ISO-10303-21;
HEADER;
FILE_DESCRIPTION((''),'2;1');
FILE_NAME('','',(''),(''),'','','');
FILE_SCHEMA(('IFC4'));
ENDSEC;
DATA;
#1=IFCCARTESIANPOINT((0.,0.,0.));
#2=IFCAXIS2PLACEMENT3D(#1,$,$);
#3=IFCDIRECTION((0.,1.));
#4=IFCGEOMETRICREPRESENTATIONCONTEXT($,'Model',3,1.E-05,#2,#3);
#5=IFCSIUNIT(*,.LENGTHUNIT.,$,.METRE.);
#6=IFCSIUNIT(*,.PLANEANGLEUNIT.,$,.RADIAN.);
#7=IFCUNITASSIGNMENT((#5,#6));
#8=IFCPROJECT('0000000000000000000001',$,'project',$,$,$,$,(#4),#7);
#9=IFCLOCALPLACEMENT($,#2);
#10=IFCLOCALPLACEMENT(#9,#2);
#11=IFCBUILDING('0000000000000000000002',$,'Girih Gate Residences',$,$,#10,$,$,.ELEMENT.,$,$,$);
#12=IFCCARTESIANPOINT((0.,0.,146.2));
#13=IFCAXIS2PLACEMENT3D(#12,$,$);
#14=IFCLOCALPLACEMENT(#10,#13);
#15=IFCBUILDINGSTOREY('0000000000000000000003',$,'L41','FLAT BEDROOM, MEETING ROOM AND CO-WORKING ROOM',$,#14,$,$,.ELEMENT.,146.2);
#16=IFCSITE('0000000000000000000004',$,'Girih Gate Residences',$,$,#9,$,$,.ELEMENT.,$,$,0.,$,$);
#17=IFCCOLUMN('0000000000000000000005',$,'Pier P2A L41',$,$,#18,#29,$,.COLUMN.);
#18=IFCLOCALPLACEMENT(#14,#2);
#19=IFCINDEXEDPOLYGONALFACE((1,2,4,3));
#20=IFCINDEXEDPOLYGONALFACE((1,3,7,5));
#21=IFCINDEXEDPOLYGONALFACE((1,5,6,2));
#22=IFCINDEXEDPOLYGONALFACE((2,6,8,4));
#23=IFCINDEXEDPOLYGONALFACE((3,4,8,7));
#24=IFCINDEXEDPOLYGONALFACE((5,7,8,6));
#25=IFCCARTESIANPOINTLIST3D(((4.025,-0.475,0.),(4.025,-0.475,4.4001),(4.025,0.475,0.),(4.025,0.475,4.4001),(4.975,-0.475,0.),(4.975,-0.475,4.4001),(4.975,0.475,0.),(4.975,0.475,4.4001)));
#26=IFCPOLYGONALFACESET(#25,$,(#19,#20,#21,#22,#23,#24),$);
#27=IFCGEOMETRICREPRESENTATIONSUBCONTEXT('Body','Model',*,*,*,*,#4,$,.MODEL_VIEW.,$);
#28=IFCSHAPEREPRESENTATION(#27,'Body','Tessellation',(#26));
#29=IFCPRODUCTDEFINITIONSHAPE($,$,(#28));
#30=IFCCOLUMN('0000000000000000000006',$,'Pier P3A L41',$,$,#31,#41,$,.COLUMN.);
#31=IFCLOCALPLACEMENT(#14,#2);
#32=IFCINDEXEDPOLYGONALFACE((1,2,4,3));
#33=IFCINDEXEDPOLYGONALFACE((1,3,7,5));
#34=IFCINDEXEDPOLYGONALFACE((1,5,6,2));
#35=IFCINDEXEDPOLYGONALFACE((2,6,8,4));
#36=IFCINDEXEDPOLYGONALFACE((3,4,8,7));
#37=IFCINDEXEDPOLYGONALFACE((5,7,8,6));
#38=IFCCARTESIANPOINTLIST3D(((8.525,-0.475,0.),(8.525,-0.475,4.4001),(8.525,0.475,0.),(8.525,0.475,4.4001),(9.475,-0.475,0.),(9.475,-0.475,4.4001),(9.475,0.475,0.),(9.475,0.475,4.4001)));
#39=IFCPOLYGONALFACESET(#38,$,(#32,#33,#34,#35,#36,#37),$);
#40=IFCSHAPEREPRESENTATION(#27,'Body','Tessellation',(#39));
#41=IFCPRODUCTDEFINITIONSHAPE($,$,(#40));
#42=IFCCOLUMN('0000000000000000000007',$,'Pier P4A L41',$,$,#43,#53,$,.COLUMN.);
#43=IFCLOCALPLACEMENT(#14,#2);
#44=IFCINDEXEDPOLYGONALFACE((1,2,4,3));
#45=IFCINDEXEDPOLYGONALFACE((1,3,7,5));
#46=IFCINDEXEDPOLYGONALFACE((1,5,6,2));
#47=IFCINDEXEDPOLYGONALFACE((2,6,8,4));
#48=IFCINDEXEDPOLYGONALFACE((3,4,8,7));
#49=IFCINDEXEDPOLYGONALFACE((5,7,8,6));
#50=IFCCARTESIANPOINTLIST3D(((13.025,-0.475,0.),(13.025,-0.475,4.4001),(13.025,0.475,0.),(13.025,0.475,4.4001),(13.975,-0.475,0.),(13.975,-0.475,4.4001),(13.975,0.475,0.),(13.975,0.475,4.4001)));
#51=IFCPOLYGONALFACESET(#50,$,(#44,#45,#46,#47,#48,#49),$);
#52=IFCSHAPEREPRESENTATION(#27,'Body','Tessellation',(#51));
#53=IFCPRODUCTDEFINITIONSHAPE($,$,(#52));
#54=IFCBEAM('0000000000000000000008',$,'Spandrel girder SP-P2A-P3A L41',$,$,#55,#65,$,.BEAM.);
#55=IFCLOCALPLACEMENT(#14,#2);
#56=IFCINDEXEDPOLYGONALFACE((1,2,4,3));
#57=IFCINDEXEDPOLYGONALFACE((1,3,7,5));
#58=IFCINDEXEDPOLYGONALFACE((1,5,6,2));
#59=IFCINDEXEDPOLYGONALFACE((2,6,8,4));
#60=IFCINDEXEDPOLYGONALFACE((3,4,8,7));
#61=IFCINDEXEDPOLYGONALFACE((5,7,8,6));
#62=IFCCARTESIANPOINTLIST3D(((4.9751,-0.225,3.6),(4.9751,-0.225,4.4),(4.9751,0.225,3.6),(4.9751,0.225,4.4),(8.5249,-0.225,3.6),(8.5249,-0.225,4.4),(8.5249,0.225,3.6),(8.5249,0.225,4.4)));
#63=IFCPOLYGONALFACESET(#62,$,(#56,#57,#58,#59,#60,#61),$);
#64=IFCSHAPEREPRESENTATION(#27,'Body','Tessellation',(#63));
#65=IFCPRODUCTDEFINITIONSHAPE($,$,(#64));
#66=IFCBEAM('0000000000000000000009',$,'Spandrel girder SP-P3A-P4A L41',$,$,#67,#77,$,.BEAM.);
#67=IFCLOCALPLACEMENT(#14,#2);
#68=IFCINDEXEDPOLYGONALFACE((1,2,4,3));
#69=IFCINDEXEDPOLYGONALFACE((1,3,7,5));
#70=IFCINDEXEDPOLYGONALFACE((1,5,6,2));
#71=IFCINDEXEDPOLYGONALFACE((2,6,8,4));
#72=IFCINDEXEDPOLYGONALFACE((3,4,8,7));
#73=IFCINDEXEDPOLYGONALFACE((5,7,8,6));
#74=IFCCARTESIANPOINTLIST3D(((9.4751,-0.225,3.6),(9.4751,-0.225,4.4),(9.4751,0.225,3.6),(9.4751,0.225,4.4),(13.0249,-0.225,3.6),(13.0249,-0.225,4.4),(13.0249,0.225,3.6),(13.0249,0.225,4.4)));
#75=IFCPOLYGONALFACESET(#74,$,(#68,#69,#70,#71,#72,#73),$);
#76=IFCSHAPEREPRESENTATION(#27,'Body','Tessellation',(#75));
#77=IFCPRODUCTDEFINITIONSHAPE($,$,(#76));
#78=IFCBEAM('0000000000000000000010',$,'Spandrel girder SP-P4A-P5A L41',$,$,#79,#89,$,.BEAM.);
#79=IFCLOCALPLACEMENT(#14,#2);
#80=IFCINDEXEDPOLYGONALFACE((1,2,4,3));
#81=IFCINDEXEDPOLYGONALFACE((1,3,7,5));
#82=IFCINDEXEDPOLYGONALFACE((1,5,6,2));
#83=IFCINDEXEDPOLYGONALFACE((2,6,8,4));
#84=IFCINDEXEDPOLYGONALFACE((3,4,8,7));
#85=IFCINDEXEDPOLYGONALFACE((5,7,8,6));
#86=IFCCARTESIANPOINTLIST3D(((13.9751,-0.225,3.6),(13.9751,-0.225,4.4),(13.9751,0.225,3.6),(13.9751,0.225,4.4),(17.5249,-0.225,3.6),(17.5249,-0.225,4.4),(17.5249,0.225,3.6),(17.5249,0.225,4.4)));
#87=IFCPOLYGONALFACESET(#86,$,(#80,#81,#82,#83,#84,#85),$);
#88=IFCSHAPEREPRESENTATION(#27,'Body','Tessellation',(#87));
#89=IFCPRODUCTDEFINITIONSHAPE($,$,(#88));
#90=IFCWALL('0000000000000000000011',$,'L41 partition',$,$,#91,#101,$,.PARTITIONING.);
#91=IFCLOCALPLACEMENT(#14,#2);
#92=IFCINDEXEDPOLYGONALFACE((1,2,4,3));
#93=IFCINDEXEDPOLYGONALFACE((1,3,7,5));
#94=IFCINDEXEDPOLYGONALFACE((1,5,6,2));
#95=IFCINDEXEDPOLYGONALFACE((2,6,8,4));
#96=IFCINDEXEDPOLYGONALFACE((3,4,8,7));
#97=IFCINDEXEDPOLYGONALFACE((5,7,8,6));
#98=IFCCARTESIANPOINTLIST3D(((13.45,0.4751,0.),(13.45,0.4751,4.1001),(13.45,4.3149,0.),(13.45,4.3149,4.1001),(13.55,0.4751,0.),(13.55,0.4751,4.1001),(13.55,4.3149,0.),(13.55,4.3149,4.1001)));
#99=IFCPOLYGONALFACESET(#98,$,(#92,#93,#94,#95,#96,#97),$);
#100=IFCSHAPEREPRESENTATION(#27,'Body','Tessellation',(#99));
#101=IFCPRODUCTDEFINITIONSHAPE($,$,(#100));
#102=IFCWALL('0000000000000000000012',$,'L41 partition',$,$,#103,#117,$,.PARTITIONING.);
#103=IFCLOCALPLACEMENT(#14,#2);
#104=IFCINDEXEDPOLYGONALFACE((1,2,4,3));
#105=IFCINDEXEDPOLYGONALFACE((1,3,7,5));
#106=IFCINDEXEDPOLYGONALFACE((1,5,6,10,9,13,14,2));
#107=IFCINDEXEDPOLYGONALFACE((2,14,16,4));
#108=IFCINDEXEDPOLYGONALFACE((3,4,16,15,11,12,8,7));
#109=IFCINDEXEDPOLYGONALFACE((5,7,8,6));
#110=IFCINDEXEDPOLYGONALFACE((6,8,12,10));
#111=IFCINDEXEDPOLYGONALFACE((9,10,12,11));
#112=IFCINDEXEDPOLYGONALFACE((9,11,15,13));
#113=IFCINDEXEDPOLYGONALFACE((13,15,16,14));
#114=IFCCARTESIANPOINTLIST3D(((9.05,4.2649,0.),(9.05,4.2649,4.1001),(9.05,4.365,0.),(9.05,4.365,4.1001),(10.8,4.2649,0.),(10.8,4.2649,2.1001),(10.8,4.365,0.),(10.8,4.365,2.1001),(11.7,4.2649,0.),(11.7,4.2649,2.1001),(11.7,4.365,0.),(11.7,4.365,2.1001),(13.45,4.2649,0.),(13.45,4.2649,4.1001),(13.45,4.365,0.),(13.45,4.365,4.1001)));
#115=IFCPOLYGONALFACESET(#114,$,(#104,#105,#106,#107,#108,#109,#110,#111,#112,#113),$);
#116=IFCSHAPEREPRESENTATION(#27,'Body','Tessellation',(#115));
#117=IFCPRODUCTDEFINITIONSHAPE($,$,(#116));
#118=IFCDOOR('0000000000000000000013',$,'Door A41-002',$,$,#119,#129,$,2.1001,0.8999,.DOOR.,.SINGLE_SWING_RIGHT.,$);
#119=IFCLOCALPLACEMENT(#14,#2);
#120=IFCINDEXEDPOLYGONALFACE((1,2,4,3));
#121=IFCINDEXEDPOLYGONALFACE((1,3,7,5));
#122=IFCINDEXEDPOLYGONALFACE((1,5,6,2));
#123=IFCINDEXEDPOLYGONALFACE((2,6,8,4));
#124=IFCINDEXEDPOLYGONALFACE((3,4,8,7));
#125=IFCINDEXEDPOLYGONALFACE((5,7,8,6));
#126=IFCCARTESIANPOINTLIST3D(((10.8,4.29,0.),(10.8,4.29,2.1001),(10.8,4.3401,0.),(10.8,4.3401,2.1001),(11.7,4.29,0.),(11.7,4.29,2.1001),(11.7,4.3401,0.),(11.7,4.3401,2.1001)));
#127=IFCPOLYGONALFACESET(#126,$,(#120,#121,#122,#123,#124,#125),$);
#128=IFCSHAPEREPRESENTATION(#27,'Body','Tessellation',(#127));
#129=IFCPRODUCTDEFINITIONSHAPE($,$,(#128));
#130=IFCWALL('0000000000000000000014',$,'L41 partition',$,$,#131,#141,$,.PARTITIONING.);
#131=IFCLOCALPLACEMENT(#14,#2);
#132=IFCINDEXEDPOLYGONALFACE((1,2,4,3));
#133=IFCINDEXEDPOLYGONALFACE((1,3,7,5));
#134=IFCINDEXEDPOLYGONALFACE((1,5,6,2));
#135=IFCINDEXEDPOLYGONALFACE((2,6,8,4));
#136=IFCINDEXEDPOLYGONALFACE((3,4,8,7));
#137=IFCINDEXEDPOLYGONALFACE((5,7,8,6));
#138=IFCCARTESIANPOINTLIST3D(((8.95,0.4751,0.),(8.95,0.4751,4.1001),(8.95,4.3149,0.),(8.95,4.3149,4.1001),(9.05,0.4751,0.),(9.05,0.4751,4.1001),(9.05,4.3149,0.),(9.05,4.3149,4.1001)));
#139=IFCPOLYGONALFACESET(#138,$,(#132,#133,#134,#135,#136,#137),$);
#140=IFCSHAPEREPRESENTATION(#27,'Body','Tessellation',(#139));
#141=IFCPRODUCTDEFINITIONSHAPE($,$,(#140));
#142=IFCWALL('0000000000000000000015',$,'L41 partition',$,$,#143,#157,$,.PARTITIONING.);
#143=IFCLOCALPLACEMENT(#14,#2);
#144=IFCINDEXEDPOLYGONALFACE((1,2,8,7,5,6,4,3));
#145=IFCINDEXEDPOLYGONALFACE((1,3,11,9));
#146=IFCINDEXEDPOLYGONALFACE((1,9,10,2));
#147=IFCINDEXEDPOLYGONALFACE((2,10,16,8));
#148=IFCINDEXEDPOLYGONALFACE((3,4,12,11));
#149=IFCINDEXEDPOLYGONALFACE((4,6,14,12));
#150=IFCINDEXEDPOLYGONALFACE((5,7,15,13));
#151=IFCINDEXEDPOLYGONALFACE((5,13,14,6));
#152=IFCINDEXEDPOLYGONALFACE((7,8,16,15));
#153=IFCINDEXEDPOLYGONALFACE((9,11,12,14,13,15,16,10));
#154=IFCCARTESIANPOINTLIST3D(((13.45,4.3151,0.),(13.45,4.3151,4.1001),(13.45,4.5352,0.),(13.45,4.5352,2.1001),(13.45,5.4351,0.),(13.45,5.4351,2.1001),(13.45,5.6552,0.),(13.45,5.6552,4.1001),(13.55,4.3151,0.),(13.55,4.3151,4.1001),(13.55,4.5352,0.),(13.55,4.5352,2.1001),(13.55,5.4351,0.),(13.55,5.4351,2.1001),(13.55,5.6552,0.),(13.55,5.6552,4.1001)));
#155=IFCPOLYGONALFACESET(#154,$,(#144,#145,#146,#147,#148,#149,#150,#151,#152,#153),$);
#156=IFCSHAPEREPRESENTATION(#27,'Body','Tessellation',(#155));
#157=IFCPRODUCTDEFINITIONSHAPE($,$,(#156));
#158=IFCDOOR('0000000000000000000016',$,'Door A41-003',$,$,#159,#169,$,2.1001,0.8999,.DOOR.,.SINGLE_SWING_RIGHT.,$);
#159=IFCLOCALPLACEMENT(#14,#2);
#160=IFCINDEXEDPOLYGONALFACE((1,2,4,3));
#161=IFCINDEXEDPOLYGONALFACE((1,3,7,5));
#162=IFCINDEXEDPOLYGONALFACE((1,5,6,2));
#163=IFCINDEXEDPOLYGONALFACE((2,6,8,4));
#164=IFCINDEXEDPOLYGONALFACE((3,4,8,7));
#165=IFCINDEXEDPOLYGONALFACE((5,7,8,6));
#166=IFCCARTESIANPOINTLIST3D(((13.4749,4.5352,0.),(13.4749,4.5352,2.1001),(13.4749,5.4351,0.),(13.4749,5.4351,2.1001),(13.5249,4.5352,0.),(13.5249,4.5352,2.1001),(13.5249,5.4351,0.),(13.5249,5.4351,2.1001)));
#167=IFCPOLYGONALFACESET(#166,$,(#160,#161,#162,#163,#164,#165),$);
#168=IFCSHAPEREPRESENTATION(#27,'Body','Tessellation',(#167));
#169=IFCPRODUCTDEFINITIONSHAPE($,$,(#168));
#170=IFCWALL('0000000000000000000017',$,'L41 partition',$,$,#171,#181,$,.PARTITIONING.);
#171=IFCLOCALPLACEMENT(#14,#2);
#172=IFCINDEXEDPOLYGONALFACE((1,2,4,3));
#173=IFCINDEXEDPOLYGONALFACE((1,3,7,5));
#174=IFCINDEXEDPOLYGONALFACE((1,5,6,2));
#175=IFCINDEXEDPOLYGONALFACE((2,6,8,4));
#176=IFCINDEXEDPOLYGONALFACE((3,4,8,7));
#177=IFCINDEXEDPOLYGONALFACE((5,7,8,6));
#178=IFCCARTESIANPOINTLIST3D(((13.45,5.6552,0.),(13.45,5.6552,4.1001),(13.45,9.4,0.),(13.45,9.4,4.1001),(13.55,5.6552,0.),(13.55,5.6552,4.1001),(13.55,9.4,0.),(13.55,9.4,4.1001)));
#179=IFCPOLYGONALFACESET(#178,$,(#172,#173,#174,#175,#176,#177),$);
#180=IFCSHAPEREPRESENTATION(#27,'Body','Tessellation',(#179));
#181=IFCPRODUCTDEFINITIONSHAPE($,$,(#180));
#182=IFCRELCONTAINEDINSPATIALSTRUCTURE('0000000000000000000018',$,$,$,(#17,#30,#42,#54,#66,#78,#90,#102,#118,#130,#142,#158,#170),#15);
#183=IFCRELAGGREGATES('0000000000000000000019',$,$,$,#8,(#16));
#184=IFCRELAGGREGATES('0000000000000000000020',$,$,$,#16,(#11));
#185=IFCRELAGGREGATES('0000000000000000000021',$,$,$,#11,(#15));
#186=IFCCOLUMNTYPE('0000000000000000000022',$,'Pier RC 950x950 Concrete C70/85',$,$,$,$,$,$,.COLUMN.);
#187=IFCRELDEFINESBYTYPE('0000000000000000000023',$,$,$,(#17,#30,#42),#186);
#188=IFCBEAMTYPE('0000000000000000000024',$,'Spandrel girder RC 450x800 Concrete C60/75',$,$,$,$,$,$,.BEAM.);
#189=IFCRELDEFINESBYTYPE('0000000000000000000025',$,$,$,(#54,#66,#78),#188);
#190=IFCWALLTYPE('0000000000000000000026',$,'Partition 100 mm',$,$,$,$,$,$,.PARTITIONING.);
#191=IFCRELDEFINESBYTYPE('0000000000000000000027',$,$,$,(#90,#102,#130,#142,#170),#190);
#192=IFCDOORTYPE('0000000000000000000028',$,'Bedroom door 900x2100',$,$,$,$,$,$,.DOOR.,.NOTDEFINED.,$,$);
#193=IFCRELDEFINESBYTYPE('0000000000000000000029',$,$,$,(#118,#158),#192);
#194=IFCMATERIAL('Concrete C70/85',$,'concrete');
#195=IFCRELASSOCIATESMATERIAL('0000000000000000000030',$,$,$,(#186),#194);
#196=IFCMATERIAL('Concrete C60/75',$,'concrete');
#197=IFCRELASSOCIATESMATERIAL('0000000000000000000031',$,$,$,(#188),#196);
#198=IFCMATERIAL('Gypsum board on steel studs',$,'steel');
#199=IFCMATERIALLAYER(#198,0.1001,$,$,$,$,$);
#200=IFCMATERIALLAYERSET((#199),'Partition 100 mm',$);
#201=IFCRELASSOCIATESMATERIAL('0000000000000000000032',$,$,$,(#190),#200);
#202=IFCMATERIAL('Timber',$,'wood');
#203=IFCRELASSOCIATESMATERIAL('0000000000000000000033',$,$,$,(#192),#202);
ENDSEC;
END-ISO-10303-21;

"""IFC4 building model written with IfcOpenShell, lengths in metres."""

from ifc_helpers import new_model, si_unit, direction, frame, frame_2d, origin, origin_2d, place, context, subcontext, project, spatial, rectangle, extrude, material, layer, layer_set, material_profile, profile_set, type_object, element, fill, save


model = new_model("IFC4")

# Units and contexts
model_context = context("Model", 3, precision=1e-05, world=origin(), true_north=direction((0.0, 1.0)))
body_context = subcontext(model_context, "Body", "Model", "MODEL_VIEW")
ifc_project = project(units=[si_unit("LENGTHUNIT", "METRE"), si_unit("PLANEANGLEUNIT", "RADIAN")], contexts=[model_context])

# Site, building, storey
site_placement = place(None, origin())
site = spatial("IfcSite", under=ifc_project, at=site_placement, Name="Girih Gate Residences", CompositionType="ELEMENT", RefElevation=0.0)
building_placement = place(site_placement, origin())
building = spatial("IfcBuilding", under=site, at=building_placement, Name="Girih Gate Residences", CompositionType="ELEMENT")
storey_placement = place(building_placement, frame((0.0, 0.0, 146.2)))
storey = spatial("IfcBuildingStorey", under=building, at=storey_placement, Name="L41", Description="FLAT BEDROOM, MEETING ROOM AND CO-WORKING ROOM", CompositionType="ELEMENT", Elevation=146.2)

# Columns
ifc_material_1 = material(Name="Concrete C70/85", Category="concrete")
ifc_material_profile_1 = material_profile(ifc_material_1, rectangle(XDim=0.95, YDim=0.95, at=origin_2d()))
ifc_profile_set_1 = profile_set([ifc_material_profile_1], Name="Concrete C70/85")
column_type = type_object("IfcColumnType", Name="Pier RC 950x950 Concrete C70/85", PredefinedType="COLUMN", material=ifc_profile_set_1)
for number, where, z_axis, x_axis, name in (
    (1, (4.5, 0.0, 0.0), (0.0, 0.0, 1.0), (1.0, 0.0, 0.0), "Pier P2A L41"),
    (2, (9.0, 0.0, 0.0), (0.0, 0.0, 1.0), (1.0, 0.0, 0.0), "Pier P3A L41"),
    (3, (13.5, 0.0, 0.0), (0.0, 0.0, 1.0), (1.0, 0.0, 0.0), "Pier P4A L41"),
):
    element("IfcColumn", number, at=place(storey_placement, frame(where, z_axis=z_axis, x_axis=x_axis)), inside=storey, type_object=column_type, Name=name, PredefinedType="COLUMN", context=body_context, shape_type="SweptSolid", body=[
        extrude(rectangle(XDim=0.95, YDim=0.95, at=origin_2d()), origin(), (0.0, 0.0, 1.0), 4.4001),
    ])

# Beams
ifc_material_2 = material(Name="Concrete C60/75", Category="concrete")
ifc_material_profile_2 = material_profile(ifc_material_2, rectangle(XDim=0.45, YDim=0.8, at=origin_2d()))
ifc_profile_set_2 = profile_set([ifc_material_profile_2], Name="Concrete C60/75")
beam_type = type_object("IfcBeamType", Name="Spandrel girder RC 450x800 Concrete C60/75", PredefinedType="BEAM", material=ifc_profile_set_2)
for number, where, z_axis, x_axis, name in (
    (4, (4.9751, 0.0, 4.0), (1.0, 0.0, 0.0), (0.0, 1.0, 0.0), "Spandrel girder SP-P2A-P3A L41"),
    (5, (9.4751, 0.0, 4.0), (1.0, 0.0, 0.0), (0.0, 1.0, 0.0), "Spandrel girder SP-P3A-P4A L41"),
    (6, (13.9751, 0.0, 4.0), (1.0, 0.0, 0.0), (0.0, 1.0, 0.0), "Spandrel girder SP-P4A-P5A L41"),
):
    element("IfcBeam", number, at=place(storey_placement, frame(where, z_axis=z_axis, x_axis=x_axis)), inside=storey, type_object=beam_type, Name=name, PredefinedType="BEAM", context=body_context, shape_type="SweptSolid", body=[
        extrude(rectangle(XDim=0.45, YDim=0.8, at=origin_2d()), origin(), (0.0, 0.0, 1.0), 3.5498),
    ])

# Wall
ifc_material_3 = material(Name="Gypsum board on steel studs", Category="steel")
ifc_layer_1 = layer(ifc_material_3, 0.1001)
ifc_layer_set_1 = layer_set([ifc_layer_1], Name="Partition 100 mm")
wall_type_1 = type_object("IfcWallType", Name="Partition 100 mm", PredefinedType="PARTITIONING", material=ifc_layer_set_1)
wall_1_placement = place(storey_placement, frame((13.5, 0.4751, 0.0), z_axis=(0.0, 0.0, 1.0), x_axis=(0.0, 1.0, 0.0)))
element("IfcWall", 7, at=wall_1_placement, inside=storey, type_object=wall_type_1, Name="L41 partition", PredefinedType="PARTITIONING", context=body_context, shape_type="SweptSolid", body=[
    extrude(rectangle(XDim=3.8398, YDim=0.1001, at=frame_2d((1.9199, 0.0))), origin(), (0.0, 0.0, 1.0), 4.1001),
])

# Wall, opening, door
wall_2_placement = place(storey_placement, frame((13.45, 4.3149, 0.0), z_axis=(0.0, 0.0, 1.0), x_axis=(-1.0, 0.0, 0.0)))
wall_2 = element("IfcWall", 8, at=wall_2_placement, inside=storey, type_object=wall_type_1, Name="L41 partition", PredefinedType="PARTITIONING", context=body_context, shape_type="SweptSolid", body=[
    extrude(rectangle(XDim=4.3999, YDim=0.1001, at=frame_2d((2.2, 0.0))), origin(), (0.0, 0.0, 1.0), 4.1001),
])
opening_1_placement = place(wall_2_placement, frame((1.75, 0.0, 0.0)))
opening_1 = element("IfcOpeningElement", 9, at=opening_1_placement, cuts=wall_2, PredefinedType="OPENING", context=body_context, shape_type="SweptSolid", body=[
    extrude(rectangle(XDim=0.8999, YDim=2.1001, at=frame_2d((0.45, 1.05))), frame((0.0, 0.0601, 0.0), z_axis=(0.0, -1.0, 0.0), x_axis=(1.0, 0.0, 0.0)), (0.0, 0.0, 1.0), 0.1201),
])
ifc_material_4 = material(Name="Timber", Category="wood")
door_type_1 = type_object("IfcDoorType", Name="Bedroom door 900x2100", OperationType="NOTDEFINED", PredefinedType="DOOR", material=ifc_material_4)
door_1_placement = place(opening_1_placement, origin())
door_1 = element("IfcDoor", 10, at=door_1_placement, inside=storey, type_object=door_type_1, Name="Door A41-002", OperationType="SINGLE_SWING_RIGHT", OverallHeight=2.1001, OverallWidth=0.8999, PredefinedType="DOOR", context=body_context, shape_type="SweptSolid", body=[
    extrude(rectangle(XDim=0.8999, YDim=2.1001, at=frame_2d((0.45, 1.05))), frame((0.0, 0.0249, 0.0), z_axis=(0.0, -1.0, 0.0), x_axis=(1.0, 0.0, 0.0)), (0.0, 0.0, 1.0), 0.05),
])
fill(opening_1, door_1)

# Wall
wall_3_placement = place(storey_placement, frame((9.0, 0.4751, 0.0), z_axis=(0.0, 0.0, 1.0), x_axis=(0.0, 1.0, 0.0)))
element("IfcWall", 11, at=wall_3_placement, inside=storey, type_object=wall_type_1, Name="L41 partition", PredefinedType="PARTITIONING", context=body_context, shape_type="SweptSolid", body=[
    extrude(rectangle(XDim=3.8398, YDim=0.1001, at=frame_2d((1.9199, 0.0))), origin(), (0.0, 0.0, 1.0), 4.1001),
])

# Wall, opening, door
wall_4_placement = place(storey_placement, frame((13.5, 5.655, 0.0), z_axis=(0.0, 0.0, 1.0), x_axis=(0.0, -1.0, 0.0)))
wall_4 = element("IfcWall", 12, at=wall_4_placement, inside=storey, type_object=wall_type_1, Name="L41 partition", PredefinedType="PARTITIONING", context=body_context, shape_type="SweptSolid", body=[
    extrude(rectangle(XDim=1.3401, YDim=0.1001, at=frame_2d((0.6699, 0.0))), origin(), (0.0, 0.0, 1.0), 4.1001),
])
opening_2_placement = place(wall_4_placement, frame((0.22, 0.0, 0.0)))
opening_2 = element("IfcOpeningElement", 13, at=opening_2_placement, cuts=wall_4, PredefinedType="OPENING", context=body_context, shape_type="SweptSolid", body=[
    extrude(rectangle(XDim=0.8999, YDim=2.1001, at=frame_2d((0.45, 1.05))), frame((0.0, 0.0601, 0.0), z_axis=(0.0, -1.0, 0.0), x_axis=(1.0, 0.0, 0.0)), (0.0, 0.0, 1.0), 0.1201),
])
door_2_placement = place(opening_2_placement, origin())
door_2 = element("IfcDoor", 14, at=door_2_placement, inside=storey, type_object=door_type_1, Name="Door A41-003", OperationType="SINGLE_SWING_RIGHT", OverallHeight=2.1001, OverallWidth=0.8999, PredefinedType="DOOR", context=body_context, shape_type="SweptSolid", body=[
    extrude(rectangle(XDim=0.8999, YDim=2.1001, at=frame_2d((0.45, 1.05))), frame((0.0, 0.0249, 0.0), z_axis=(0.0, -1.0, 0.0), x_axis=(1.0, 0.0, 0.0)), (0.0, 0.0, 1.0), 0.05),
])
fill(opening_2, door_2)

# Wall
wall_5_placement = place(storey_placement, frame((13.5, 5.655, 0.0), z_axis=(0.0, 0.0, 1.0), x_axis=(0.0, 1.0, 0.0)))
element("IfcWall", 15, at=wall_5_placement, inside=storey, type_object=wall_type_1, Name="L41 partition", PredefinedType="PARTITIONING", context=body_context, shape_type="SweptSolid", body=[
    extrude(rectangle(XDim=3.7449, YDim=0.1001, at=frame_2d((1.8726, 0.0))), origin(), (0.0, 0.0, 1.0), 4.1001),
])

save(model, "model.ifc")
